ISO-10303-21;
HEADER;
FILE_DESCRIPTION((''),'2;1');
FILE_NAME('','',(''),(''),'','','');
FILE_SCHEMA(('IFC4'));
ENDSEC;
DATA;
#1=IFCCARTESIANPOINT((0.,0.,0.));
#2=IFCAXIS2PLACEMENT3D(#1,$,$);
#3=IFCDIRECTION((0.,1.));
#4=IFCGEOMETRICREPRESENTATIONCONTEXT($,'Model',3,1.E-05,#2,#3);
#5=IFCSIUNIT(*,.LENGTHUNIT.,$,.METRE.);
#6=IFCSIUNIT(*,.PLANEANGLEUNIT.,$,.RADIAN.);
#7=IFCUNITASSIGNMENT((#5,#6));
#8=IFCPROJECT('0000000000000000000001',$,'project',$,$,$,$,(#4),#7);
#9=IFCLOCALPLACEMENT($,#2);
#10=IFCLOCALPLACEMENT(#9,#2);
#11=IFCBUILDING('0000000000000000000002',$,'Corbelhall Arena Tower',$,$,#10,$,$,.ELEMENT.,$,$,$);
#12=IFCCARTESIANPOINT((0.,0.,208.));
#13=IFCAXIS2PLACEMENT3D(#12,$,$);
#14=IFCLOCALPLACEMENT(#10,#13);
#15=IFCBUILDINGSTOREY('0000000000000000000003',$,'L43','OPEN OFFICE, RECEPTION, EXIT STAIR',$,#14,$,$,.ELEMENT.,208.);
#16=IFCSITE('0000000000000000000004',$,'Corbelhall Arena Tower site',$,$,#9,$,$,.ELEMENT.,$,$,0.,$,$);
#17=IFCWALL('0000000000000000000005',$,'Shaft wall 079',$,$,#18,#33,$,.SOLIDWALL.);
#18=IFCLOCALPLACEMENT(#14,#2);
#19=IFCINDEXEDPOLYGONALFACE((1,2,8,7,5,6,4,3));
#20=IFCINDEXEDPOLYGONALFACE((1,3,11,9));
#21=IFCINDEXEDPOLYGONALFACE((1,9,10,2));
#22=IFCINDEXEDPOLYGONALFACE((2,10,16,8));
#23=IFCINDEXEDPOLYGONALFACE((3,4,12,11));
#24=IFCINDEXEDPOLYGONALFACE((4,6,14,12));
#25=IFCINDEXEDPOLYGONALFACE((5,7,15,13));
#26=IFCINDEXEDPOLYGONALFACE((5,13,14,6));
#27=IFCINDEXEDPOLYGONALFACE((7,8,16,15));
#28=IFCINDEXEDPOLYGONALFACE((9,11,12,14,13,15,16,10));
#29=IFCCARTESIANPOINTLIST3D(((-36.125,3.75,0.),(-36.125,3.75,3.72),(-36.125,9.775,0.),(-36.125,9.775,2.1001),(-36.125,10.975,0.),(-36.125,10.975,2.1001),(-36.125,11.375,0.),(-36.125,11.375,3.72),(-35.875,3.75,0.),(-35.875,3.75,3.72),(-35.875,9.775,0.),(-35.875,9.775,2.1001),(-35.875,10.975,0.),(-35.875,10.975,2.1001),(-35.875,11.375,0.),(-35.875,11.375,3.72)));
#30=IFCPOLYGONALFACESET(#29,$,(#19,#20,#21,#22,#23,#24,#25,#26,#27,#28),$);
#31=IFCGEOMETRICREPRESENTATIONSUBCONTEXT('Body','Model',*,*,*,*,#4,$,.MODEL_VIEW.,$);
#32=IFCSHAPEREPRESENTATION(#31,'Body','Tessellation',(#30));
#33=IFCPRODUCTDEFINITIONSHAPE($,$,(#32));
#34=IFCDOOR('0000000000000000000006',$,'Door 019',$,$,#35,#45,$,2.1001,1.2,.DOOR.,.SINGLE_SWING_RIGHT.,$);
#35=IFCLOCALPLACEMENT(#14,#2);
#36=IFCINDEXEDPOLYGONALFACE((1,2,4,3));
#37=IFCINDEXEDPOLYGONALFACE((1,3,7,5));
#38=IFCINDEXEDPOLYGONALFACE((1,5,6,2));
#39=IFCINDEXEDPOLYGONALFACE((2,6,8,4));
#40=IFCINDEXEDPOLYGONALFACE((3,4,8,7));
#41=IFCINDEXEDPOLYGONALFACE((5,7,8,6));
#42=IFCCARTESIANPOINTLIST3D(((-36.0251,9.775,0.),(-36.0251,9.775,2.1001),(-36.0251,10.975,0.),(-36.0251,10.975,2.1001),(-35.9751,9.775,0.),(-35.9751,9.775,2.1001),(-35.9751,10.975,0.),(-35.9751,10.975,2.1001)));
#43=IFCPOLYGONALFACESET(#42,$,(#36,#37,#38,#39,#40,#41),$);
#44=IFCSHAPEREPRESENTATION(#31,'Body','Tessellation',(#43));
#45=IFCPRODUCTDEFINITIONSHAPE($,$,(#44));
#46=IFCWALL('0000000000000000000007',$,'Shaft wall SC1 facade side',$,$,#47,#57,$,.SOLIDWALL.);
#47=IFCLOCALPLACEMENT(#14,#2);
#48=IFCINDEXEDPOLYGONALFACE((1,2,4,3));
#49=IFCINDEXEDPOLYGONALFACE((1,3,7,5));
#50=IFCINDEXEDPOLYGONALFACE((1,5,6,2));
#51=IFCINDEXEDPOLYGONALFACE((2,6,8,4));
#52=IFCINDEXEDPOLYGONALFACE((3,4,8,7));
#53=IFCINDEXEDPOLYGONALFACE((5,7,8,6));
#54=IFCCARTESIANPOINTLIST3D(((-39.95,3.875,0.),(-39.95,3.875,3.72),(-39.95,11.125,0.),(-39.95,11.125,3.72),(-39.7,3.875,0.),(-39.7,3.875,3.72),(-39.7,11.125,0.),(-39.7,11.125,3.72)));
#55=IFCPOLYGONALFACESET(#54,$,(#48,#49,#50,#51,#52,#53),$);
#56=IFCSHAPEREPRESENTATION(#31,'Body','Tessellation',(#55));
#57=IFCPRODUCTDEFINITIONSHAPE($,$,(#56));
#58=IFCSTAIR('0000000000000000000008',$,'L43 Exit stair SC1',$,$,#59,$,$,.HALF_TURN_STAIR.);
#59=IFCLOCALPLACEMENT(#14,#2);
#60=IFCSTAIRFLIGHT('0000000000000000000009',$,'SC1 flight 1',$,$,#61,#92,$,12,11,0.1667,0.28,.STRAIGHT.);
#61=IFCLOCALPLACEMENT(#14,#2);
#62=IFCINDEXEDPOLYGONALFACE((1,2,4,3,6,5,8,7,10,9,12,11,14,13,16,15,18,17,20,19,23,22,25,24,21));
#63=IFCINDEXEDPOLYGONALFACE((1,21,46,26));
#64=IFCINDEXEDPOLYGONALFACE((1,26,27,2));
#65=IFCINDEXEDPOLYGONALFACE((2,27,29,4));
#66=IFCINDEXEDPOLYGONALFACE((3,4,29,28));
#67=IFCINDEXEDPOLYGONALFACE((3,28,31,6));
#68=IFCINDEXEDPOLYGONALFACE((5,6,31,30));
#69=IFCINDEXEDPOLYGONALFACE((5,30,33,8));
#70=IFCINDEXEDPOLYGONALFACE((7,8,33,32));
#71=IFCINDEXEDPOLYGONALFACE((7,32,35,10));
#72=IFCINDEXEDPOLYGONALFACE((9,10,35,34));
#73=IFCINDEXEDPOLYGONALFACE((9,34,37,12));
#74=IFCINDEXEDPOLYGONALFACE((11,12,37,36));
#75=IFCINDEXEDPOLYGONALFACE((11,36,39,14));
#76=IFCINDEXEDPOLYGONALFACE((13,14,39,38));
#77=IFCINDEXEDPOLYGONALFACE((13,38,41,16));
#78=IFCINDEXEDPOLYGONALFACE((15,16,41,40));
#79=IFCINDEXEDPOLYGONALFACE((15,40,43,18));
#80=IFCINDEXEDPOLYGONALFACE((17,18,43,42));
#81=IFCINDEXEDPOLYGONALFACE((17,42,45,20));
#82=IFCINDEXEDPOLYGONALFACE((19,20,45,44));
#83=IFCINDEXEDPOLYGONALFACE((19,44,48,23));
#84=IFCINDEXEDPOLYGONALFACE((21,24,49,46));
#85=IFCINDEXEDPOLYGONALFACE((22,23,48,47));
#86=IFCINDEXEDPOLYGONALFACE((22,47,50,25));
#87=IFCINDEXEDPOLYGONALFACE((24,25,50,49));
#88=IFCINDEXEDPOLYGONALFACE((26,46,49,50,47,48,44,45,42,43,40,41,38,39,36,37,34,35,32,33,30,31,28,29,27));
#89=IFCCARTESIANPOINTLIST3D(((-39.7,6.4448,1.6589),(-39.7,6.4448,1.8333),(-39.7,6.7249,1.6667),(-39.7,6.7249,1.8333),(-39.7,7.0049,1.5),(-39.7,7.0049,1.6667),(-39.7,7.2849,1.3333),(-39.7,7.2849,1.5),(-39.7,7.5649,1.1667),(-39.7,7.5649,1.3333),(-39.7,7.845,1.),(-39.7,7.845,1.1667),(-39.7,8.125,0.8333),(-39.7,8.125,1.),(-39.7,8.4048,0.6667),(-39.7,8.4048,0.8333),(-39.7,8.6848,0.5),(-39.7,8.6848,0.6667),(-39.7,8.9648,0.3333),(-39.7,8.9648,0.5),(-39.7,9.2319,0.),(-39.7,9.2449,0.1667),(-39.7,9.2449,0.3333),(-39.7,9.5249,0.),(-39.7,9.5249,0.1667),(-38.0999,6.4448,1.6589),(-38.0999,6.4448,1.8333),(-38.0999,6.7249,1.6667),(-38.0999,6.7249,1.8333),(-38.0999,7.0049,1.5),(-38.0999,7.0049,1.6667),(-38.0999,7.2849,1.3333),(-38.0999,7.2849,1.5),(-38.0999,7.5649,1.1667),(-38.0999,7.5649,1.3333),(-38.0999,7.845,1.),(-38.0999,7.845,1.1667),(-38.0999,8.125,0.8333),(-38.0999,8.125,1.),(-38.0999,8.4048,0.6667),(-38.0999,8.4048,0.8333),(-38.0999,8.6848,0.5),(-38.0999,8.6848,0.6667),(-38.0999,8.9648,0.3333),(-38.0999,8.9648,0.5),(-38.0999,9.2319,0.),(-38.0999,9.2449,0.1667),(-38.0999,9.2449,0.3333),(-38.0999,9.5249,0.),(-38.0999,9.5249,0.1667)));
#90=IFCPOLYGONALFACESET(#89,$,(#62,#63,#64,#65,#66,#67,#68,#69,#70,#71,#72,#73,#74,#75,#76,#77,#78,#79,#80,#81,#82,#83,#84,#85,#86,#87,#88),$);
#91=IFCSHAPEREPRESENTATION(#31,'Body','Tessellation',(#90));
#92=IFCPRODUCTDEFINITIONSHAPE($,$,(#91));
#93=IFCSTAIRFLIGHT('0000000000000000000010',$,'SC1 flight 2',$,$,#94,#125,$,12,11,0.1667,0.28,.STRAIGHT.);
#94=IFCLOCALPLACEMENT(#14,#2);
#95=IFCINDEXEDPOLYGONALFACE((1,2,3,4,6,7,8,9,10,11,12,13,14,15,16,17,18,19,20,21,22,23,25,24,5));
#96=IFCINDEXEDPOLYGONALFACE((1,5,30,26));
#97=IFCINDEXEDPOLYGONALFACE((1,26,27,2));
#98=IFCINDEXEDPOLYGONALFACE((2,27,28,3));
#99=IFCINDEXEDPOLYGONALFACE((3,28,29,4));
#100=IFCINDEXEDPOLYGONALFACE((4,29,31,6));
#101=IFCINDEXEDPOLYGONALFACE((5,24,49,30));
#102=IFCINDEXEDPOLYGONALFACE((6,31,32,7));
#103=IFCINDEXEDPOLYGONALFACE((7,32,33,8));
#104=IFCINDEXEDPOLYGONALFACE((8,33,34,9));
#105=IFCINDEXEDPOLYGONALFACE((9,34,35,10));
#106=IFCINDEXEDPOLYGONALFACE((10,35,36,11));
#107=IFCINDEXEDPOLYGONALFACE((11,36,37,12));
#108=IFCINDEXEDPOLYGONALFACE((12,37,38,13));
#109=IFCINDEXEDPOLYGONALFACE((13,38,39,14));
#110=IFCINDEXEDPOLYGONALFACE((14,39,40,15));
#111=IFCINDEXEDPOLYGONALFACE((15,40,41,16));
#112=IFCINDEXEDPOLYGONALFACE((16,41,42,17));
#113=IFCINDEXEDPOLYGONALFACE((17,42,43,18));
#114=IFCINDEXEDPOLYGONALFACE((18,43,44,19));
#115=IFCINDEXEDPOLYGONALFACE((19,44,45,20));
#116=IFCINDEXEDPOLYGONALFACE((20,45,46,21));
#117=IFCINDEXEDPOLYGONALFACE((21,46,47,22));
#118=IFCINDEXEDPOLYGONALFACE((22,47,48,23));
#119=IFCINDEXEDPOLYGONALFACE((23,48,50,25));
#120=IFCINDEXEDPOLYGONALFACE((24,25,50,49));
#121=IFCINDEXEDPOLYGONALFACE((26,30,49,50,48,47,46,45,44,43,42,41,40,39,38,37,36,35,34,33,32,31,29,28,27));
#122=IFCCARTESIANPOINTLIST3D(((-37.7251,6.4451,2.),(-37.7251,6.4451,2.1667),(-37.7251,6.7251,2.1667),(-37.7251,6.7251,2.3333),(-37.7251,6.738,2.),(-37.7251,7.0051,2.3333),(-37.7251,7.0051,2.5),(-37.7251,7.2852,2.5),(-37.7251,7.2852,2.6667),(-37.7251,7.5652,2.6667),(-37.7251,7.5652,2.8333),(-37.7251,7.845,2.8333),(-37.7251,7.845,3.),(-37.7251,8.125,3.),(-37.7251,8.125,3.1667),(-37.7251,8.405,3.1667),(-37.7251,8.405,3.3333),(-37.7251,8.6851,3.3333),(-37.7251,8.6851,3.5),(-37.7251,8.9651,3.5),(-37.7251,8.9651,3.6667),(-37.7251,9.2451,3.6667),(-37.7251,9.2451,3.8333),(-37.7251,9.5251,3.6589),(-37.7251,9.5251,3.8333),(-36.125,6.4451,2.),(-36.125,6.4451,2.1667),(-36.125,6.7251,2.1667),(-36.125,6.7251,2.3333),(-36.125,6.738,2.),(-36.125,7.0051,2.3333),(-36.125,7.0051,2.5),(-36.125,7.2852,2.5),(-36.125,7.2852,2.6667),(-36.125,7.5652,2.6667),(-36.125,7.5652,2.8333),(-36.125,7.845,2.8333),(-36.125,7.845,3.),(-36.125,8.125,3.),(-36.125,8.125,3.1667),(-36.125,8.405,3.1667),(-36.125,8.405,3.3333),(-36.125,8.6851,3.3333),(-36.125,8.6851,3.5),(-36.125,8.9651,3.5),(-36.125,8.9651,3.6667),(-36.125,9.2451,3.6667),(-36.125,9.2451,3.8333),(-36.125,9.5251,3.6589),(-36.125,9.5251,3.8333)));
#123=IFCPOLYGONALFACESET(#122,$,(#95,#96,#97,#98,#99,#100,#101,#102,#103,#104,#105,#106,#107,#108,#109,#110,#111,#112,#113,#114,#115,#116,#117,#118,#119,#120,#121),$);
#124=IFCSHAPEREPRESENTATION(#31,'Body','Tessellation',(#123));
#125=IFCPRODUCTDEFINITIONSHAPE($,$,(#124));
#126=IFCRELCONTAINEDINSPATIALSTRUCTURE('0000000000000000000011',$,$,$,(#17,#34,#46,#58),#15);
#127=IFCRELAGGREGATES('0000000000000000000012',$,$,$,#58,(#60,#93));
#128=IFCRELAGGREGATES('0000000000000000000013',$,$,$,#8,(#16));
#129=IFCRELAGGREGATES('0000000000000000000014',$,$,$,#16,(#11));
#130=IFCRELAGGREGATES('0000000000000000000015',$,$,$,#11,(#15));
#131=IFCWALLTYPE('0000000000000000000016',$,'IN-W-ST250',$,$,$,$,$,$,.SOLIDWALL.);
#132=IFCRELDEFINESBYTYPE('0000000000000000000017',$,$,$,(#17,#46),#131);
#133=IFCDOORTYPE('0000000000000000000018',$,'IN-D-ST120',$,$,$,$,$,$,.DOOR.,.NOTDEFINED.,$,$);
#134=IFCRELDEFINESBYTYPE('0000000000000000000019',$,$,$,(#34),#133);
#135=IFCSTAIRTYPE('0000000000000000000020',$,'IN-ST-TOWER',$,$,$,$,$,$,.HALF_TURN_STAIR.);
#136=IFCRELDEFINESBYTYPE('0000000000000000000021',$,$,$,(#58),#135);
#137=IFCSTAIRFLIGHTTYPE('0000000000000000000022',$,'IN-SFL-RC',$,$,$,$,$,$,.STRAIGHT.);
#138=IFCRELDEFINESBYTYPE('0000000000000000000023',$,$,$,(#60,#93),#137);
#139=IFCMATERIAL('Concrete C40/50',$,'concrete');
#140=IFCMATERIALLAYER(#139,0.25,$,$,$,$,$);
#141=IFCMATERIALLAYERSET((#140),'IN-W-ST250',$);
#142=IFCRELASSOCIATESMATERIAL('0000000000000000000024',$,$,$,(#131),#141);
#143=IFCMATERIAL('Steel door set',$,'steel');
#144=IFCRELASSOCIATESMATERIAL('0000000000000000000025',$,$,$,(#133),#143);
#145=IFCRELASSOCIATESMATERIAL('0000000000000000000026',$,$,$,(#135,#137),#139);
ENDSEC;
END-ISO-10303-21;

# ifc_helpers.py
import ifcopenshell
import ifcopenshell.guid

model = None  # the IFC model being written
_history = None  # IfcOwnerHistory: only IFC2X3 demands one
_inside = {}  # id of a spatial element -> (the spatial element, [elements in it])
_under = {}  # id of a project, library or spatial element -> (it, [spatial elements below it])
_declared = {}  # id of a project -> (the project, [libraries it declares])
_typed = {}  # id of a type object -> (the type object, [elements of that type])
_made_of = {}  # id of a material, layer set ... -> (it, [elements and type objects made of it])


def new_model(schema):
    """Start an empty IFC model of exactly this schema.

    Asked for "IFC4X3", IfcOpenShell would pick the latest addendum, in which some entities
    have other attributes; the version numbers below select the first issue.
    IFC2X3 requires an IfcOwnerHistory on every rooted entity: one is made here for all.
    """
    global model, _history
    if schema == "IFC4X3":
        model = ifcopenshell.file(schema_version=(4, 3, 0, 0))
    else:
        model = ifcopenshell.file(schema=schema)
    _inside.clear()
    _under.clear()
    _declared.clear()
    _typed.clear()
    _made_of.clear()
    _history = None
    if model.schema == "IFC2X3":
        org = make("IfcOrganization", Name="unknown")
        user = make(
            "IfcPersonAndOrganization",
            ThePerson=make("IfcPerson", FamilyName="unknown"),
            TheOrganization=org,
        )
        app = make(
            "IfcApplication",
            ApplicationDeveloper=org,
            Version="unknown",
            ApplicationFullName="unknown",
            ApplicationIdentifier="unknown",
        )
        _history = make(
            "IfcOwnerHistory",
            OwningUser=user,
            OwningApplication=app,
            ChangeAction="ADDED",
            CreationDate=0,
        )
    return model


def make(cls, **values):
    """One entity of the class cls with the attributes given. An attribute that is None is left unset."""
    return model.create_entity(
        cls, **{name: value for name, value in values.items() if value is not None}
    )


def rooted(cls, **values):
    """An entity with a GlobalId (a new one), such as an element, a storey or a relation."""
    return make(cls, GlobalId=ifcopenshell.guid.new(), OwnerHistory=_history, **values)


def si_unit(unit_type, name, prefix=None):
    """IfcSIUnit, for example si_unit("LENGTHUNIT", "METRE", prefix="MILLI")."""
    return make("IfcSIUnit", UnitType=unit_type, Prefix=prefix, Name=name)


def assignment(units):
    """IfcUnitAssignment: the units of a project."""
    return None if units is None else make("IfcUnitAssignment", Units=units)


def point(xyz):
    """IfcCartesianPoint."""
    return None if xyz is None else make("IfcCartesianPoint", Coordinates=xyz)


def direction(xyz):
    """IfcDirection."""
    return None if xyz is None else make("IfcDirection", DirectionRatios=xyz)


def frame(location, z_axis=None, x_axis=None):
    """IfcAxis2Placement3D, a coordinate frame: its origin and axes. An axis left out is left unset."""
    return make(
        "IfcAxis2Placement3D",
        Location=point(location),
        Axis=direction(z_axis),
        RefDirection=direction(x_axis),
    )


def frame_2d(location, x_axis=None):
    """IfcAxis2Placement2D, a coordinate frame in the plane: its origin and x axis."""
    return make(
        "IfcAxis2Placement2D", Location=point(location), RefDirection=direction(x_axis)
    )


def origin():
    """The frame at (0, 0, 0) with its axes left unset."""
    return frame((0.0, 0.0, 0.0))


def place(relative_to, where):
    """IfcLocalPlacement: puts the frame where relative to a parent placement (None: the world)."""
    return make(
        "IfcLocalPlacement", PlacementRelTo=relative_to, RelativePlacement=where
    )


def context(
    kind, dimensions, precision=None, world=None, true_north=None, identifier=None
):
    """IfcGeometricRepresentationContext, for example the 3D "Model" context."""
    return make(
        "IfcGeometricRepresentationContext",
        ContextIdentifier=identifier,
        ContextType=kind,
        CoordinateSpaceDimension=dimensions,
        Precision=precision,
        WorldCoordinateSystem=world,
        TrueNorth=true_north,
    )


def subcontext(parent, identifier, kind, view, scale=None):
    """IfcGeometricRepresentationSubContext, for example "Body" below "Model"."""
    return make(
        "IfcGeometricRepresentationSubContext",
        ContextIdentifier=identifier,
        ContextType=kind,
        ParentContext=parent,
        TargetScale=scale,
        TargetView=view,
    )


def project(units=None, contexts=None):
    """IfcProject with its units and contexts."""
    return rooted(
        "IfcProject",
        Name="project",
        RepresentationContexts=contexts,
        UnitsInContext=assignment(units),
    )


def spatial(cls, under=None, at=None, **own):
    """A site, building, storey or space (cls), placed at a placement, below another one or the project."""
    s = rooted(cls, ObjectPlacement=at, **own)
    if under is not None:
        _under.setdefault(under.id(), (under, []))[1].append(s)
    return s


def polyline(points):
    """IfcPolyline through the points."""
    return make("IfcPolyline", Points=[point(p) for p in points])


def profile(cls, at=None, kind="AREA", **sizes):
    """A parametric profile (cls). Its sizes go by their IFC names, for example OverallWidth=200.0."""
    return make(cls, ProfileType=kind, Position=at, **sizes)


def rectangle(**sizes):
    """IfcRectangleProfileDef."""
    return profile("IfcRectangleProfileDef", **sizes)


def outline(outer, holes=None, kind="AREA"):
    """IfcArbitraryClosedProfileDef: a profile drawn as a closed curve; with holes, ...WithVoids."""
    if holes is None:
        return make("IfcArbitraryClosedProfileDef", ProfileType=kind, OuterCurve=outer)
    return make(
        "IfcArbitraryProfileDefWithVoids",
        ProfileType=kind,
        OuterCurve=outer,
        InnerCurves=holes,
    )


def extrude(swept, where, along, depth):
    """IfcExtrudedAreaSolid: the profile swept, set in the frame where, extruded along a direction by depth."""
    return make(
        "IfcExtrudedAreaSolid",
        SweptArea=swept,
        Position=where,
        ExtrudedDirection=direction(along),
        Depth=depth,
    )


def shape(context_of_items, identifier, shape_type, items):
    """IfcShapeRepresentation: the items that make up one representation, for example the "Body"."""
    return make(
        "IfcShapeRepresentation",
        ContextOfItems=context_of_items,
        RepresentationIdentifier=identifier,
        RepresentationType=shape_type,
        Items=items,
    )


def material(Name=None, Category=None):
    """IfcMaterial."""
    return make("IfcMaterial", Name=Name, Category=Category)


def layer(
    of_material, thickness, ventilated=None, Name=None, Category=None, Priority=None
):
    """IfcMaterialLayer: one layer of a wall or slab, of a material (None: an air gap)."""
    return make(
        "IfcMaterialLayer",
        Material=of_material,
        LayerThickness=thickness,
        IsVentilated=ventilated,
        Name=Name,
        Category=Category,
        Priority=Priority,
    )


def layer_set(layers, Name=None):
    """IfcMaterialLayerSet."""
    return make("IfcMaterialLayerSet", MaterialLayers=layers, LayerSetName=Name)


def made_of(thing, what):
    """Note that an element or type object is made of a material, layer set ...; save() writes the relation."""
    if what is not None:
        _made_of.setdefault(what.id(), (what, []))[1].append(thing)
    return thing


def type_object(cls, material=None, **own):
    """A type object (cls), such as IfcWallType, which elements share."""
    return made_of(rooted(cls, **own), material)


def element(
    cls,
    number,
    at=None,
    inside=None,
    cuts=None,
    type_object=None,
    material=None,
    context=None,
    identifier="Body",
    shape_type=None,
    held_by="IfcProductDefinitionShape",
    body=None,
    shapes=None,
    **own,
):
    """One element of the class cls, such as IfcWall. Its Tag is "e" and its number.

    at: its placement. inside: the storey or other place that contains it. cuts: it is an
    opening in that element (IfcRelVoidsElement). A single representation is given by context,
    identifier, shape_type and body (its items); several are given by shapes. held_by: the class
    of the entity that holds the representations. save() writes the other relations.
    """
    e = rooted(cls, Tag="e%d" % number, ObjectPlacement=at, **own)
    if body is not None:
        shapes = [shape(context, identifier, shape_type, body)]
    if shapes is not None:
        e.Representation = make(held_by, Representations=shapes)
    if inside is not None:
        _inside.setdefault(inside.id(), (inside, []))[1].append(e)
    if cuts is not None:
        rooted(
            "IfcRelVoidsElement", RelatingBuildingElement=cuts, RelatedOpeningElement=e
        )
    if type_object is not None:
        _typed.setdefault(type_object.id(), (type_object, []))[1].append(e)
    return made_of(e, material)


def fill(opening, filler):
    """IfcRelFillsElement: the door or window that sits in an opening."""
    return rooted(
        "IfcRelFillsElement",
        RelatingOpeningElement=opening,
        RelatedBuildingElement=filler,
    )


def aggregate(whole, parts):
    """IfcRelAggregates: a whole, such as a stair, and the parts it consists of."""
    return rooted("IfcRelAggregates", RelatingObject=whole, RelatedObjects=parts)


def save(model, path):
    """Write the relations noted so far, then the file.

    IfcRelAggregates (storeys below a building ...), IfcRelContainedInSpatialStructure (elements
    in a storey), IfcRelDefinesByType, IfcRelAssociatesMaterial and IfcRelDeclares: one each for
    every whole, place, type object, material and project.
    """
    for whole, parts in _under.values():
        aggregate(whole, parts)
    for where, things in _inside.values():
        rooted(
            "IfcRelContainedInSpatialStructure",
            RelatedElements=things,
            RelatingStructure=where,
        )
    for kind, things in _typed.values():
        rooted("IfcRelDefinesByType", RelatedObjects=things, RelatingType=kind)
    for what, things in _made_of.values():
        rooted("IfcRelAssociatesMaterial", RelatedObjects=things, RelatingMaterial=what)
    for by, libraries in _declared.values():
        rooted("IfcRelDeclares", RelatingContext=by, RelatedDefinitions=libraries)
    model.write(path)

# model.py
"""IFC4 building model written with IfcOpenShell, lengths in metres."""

from ifc_helpers import new_model, si_unit, direction, frame, frame_2d, origin, place, context, subcontext, project, spatial, polyline, rectangle, outline, extrude, material, layer, layer_set, type_object, element, fill, aggregate, save


model = new_model("IFC4")

# Units and contexts
model_context = context("Model", 3, precision=1e-05, world=origin(), true_north=direction((0.0, 1.0)))
body_context = subcontext(model_context, "Body", "Model", "MODEL_VIEW")
ifc_project = project(units=[si_unit("LENGTHUNIT", "METRE"), si_unit("PLANEANGLEUNIT", "RADIAN")], contexts=[model_context])

# Site, building, storey
site_placement = place(None, origin())
site = spatial("IfcSite", under=ifc_project, at=site_placement, Name="Corbelhall Arena Tower site", CompositionType="ELEMENT", RefElevation=0.0)
building_placement = place(site_placement, origin())
building = spatial("IfcBuilding", under=site, at=building_placement, Name="Corbelhall Arena Tower", CompositionType="ELEMENT")
storey_placement = place(building_placement, frame((0.0, 0.0, 208.0)))
storey = spatial("IfcBuildingStorey", under=building, at=storey_placement, Name="L43", Description="OPEN OFFICE, RECEPTION, EXIT STAIR", CompositionType="ELEMENT", Elevation=208.0)

# Shared definitions
ifc_material_1 = material(Name="Steel door set", Category="steel")

# Shared definitions
ifc_material_2 = material(Name="Concrete C40/50", Category="concrete")
ifc_layer_1 = layer(ifc_material_2, 0.25)
ifc_layer_set_1 = layer_set([ifc_layer_1], Name="IN-W-ST250")
wall_type_1 = type_object("IfcWallType", Name="IN-W-ST250", PredefinedType="SOLIDWALL", material=ifc_layer_set_1)

# Wall, opening, door
wall_1_placement = place(storey_placement, frame((-36.0, 11.375, 0.0), z_axis=(0.0, 0.0, 1.0), x_axis=(0.0, -1.0, 0.0)))
wall_1 = element("IfcWall", 1, at=wall_1_placement, inside=storey, type_object=wall_type_1, Name="Shaft wall 079", PredefinedType="SOLIDWALL", context=body_context, shape_type="SweptSolid", body=[
    extrude(rectangle(XDim=7.625, YDim=0.25, at=frame_2d((3.8125, 0.0))), origin(), (0.0, 0.0, 1.0), 3.72),
])
opening_1_placement = place(wall_1_placement, frame((0.3999, 0.0, 0.0)))
opening_1 = element("IfcOpeningElement", 2, at=opening_1_placement, cuts=wall_1, PredefinedType="OPENING", context=body_context, shape_type="SweptSolid", body=[
    extrude(rectangle(XDim=1.2, YDim=2.1001, at=frame_2d((0.6001, 1.05))), frame((0.0, 0.125, 0.0), z_axis=(0.0, -1.0, 0.0), x_axis=(1.0, 0.0, 0.0)), (0.0, 0.0, 1.0), 0.25),
])
door_type_1 = type_object("IfcDoorType", Name="IN-D-ST120", OperationType="NOTDEFINED", PredefinedType="DOOR", material=ifc_material_1)
door_1_placement = place(opening_1_placement, origin())
door_1 = element("IfcDoor", 3, at=door_1_placement, inside=storey, type_object=door_type_1, Name="Door 019", OperationType="SINGLE_SWING_RIGHT", OverallHeight=2.1001, OverallWidth=1.2, PredefinedType="DOOR", context=body_context, shape_type="SweptSolid", body=[
    extrude(rectangle(XDim=1.2, YDim=2.1001, at=frame_2d((0.6001, 1.05))), frame((0.0, 0.0249, 0.0), z_axis=(0.0, -1.0, 0.0), x_axis=(1.0, 0.0, 0.0)), (0.0, 0.0, 1.0), 0.05),
])
fill(opening_1, door_1)

# Wall
wall_2_placement = place(storey_placement, frame((-39.825, 3.875, 0.0), z_axis=(0.0, 0.0, 1.0), x_axis=(0.0, 1.0, 0.0)))
element("IfcWall", 4, at=wall_2_placement, inside=storey, type_object=wall_type_1, Name="Shaft wall SC1 facade side", PredefinedType="SOLIDWALL", context=body_context, shape_type="SweptSolid", body=[
    extrude(rectangle(XDim=7.25, YDim=0.25, at=frame_2d((3.625, 0.0))), origin(), (0.0, 0.0, 1.0), 3.72),
])

# Stair, stair flights
stair_type = type_object("IfcStairType", Name="IN-ST-TOWER", PredefinedType="HALF_TURN_STAIR", material=ifc_material_2)
stair_placement = place(storey_placement, origin())
stair = element("IfcStair", 5, at=stair_placement, inside=storey, type_object=stair_type, Name="L43 Exit stair SC1", PredefinedType="HALF_TURN_STAIR")
stair_flight_type = type_object("IfcStairFlightType", Name="IN-SFL-RC", PredefinedType="STRAIGHT", material=ifc_material_2)
stair_flight_1_placement = place(storey_placement, frame((-38.8999, 9.5249, 0.0), z_axis=(0.0, 0.0, 1.0), x_axis=(0.0, -1.0, 0.0)))
stair_flight_1 = element("IfcStairFlight", 6, at=stair_flight_1_placement, type_object=stair_flight_type, Name="SC1 flight 1", NumberOfRisers=12, NumberOfTreads=11, PredefinedType="STRAIGHT", RiserHeight=0.1667, TreadLength=0.28, context=body_context, shape_type="SweptSolid", body=[
    extrude(outline(polyline([(0.0, 0.0), (0.0, 0.1667), (0.28, 0.1667), (0.28, 0.3333), (0.5601, 0.3333), (0.5601, 0.5), (0.8401, 0.5), (0.8401, 0.6667), (1.1201, 0.6667), (1.1201, 0.8333), (1.3999, 0.8333), (1.3999, 1.0), (1.6799, 1.0), (1.6799, 1.1667), (1.96, 1.1667), (1.96, 1.3333), (2.24, 1.3333), (2.24, 1.5), (2.52, 1.5), (2.52, 1.6667), (2.8, 1.6667), (2.8, 1.8333), (3.0801, 1.8333), (3.0801, 2.0), (3.0801, 1.6589), (0.293, 0.0), (0.0, 0.0)])), frame((0.0, 0.8, 0.0), z_axis=(0.0, -1.0, 0.0), x_axis=(1.0, 0.0, 0.0)), (0.0, 0.0, 1.0), 1.6001),
])
stair_flight_2_placement = place(storey_placement, frame((-36.925, 6.4451, 2.0), z_axis=(0.0, 0.0, 1.0), x_axis=(0.0, 1.0, 0.0)))
stair_flight_2 = element("IfcStairFlight", 7, at=stair_flight_2_placement, type_object=stair_flight_type, Name="SC1 flight 2", NumberOfRisers=12, NumberOfTreads=11, PredefinedType="STRAIGHT", RiserHeight=0.1667, TreadLength=0.28, context=body_context, shape_type="SweptSolid", body=[
    extrude(outline(polyline([(0.0, 0.0), (0.0, 0.1667), (0.28, 0.1667), (0.28, 0.3333), (0.5601, 0.3333), (0.5601, 0.5), (0.8401, 0.5), (0.8401, 0.6667), (1.1201, 0.6667), (1.1201, 0.8333), (1.3999, 0.8333), (1.3999, 1.0), (1.6799, 1.0), (1.6799, 1.1667), (1.96, 1.1667), (1.96, 1.3333), (2.24, 1.3333), (2.24, 1.5), (2.52, 1.5), (2.52, 1.6667), (2.8, 1.6667), (2.8, 1.8333), (3.0801, 1.8333), (3.0801, 2.0), (3.0801, 1.6589), (0.293, 0.0), (0.0, 0.0)])), frame((0.0, 0.8, 0.0), z_axis=(0.0, -1.0, 0.0), x_axis=(1.0, 0.0, 0.0)), (0.0, 0.0, 1.0), 1.6001),
])
aggregate(stair, [stair_flight_1, stair_flight_2])

save(model, "model.ifc")
